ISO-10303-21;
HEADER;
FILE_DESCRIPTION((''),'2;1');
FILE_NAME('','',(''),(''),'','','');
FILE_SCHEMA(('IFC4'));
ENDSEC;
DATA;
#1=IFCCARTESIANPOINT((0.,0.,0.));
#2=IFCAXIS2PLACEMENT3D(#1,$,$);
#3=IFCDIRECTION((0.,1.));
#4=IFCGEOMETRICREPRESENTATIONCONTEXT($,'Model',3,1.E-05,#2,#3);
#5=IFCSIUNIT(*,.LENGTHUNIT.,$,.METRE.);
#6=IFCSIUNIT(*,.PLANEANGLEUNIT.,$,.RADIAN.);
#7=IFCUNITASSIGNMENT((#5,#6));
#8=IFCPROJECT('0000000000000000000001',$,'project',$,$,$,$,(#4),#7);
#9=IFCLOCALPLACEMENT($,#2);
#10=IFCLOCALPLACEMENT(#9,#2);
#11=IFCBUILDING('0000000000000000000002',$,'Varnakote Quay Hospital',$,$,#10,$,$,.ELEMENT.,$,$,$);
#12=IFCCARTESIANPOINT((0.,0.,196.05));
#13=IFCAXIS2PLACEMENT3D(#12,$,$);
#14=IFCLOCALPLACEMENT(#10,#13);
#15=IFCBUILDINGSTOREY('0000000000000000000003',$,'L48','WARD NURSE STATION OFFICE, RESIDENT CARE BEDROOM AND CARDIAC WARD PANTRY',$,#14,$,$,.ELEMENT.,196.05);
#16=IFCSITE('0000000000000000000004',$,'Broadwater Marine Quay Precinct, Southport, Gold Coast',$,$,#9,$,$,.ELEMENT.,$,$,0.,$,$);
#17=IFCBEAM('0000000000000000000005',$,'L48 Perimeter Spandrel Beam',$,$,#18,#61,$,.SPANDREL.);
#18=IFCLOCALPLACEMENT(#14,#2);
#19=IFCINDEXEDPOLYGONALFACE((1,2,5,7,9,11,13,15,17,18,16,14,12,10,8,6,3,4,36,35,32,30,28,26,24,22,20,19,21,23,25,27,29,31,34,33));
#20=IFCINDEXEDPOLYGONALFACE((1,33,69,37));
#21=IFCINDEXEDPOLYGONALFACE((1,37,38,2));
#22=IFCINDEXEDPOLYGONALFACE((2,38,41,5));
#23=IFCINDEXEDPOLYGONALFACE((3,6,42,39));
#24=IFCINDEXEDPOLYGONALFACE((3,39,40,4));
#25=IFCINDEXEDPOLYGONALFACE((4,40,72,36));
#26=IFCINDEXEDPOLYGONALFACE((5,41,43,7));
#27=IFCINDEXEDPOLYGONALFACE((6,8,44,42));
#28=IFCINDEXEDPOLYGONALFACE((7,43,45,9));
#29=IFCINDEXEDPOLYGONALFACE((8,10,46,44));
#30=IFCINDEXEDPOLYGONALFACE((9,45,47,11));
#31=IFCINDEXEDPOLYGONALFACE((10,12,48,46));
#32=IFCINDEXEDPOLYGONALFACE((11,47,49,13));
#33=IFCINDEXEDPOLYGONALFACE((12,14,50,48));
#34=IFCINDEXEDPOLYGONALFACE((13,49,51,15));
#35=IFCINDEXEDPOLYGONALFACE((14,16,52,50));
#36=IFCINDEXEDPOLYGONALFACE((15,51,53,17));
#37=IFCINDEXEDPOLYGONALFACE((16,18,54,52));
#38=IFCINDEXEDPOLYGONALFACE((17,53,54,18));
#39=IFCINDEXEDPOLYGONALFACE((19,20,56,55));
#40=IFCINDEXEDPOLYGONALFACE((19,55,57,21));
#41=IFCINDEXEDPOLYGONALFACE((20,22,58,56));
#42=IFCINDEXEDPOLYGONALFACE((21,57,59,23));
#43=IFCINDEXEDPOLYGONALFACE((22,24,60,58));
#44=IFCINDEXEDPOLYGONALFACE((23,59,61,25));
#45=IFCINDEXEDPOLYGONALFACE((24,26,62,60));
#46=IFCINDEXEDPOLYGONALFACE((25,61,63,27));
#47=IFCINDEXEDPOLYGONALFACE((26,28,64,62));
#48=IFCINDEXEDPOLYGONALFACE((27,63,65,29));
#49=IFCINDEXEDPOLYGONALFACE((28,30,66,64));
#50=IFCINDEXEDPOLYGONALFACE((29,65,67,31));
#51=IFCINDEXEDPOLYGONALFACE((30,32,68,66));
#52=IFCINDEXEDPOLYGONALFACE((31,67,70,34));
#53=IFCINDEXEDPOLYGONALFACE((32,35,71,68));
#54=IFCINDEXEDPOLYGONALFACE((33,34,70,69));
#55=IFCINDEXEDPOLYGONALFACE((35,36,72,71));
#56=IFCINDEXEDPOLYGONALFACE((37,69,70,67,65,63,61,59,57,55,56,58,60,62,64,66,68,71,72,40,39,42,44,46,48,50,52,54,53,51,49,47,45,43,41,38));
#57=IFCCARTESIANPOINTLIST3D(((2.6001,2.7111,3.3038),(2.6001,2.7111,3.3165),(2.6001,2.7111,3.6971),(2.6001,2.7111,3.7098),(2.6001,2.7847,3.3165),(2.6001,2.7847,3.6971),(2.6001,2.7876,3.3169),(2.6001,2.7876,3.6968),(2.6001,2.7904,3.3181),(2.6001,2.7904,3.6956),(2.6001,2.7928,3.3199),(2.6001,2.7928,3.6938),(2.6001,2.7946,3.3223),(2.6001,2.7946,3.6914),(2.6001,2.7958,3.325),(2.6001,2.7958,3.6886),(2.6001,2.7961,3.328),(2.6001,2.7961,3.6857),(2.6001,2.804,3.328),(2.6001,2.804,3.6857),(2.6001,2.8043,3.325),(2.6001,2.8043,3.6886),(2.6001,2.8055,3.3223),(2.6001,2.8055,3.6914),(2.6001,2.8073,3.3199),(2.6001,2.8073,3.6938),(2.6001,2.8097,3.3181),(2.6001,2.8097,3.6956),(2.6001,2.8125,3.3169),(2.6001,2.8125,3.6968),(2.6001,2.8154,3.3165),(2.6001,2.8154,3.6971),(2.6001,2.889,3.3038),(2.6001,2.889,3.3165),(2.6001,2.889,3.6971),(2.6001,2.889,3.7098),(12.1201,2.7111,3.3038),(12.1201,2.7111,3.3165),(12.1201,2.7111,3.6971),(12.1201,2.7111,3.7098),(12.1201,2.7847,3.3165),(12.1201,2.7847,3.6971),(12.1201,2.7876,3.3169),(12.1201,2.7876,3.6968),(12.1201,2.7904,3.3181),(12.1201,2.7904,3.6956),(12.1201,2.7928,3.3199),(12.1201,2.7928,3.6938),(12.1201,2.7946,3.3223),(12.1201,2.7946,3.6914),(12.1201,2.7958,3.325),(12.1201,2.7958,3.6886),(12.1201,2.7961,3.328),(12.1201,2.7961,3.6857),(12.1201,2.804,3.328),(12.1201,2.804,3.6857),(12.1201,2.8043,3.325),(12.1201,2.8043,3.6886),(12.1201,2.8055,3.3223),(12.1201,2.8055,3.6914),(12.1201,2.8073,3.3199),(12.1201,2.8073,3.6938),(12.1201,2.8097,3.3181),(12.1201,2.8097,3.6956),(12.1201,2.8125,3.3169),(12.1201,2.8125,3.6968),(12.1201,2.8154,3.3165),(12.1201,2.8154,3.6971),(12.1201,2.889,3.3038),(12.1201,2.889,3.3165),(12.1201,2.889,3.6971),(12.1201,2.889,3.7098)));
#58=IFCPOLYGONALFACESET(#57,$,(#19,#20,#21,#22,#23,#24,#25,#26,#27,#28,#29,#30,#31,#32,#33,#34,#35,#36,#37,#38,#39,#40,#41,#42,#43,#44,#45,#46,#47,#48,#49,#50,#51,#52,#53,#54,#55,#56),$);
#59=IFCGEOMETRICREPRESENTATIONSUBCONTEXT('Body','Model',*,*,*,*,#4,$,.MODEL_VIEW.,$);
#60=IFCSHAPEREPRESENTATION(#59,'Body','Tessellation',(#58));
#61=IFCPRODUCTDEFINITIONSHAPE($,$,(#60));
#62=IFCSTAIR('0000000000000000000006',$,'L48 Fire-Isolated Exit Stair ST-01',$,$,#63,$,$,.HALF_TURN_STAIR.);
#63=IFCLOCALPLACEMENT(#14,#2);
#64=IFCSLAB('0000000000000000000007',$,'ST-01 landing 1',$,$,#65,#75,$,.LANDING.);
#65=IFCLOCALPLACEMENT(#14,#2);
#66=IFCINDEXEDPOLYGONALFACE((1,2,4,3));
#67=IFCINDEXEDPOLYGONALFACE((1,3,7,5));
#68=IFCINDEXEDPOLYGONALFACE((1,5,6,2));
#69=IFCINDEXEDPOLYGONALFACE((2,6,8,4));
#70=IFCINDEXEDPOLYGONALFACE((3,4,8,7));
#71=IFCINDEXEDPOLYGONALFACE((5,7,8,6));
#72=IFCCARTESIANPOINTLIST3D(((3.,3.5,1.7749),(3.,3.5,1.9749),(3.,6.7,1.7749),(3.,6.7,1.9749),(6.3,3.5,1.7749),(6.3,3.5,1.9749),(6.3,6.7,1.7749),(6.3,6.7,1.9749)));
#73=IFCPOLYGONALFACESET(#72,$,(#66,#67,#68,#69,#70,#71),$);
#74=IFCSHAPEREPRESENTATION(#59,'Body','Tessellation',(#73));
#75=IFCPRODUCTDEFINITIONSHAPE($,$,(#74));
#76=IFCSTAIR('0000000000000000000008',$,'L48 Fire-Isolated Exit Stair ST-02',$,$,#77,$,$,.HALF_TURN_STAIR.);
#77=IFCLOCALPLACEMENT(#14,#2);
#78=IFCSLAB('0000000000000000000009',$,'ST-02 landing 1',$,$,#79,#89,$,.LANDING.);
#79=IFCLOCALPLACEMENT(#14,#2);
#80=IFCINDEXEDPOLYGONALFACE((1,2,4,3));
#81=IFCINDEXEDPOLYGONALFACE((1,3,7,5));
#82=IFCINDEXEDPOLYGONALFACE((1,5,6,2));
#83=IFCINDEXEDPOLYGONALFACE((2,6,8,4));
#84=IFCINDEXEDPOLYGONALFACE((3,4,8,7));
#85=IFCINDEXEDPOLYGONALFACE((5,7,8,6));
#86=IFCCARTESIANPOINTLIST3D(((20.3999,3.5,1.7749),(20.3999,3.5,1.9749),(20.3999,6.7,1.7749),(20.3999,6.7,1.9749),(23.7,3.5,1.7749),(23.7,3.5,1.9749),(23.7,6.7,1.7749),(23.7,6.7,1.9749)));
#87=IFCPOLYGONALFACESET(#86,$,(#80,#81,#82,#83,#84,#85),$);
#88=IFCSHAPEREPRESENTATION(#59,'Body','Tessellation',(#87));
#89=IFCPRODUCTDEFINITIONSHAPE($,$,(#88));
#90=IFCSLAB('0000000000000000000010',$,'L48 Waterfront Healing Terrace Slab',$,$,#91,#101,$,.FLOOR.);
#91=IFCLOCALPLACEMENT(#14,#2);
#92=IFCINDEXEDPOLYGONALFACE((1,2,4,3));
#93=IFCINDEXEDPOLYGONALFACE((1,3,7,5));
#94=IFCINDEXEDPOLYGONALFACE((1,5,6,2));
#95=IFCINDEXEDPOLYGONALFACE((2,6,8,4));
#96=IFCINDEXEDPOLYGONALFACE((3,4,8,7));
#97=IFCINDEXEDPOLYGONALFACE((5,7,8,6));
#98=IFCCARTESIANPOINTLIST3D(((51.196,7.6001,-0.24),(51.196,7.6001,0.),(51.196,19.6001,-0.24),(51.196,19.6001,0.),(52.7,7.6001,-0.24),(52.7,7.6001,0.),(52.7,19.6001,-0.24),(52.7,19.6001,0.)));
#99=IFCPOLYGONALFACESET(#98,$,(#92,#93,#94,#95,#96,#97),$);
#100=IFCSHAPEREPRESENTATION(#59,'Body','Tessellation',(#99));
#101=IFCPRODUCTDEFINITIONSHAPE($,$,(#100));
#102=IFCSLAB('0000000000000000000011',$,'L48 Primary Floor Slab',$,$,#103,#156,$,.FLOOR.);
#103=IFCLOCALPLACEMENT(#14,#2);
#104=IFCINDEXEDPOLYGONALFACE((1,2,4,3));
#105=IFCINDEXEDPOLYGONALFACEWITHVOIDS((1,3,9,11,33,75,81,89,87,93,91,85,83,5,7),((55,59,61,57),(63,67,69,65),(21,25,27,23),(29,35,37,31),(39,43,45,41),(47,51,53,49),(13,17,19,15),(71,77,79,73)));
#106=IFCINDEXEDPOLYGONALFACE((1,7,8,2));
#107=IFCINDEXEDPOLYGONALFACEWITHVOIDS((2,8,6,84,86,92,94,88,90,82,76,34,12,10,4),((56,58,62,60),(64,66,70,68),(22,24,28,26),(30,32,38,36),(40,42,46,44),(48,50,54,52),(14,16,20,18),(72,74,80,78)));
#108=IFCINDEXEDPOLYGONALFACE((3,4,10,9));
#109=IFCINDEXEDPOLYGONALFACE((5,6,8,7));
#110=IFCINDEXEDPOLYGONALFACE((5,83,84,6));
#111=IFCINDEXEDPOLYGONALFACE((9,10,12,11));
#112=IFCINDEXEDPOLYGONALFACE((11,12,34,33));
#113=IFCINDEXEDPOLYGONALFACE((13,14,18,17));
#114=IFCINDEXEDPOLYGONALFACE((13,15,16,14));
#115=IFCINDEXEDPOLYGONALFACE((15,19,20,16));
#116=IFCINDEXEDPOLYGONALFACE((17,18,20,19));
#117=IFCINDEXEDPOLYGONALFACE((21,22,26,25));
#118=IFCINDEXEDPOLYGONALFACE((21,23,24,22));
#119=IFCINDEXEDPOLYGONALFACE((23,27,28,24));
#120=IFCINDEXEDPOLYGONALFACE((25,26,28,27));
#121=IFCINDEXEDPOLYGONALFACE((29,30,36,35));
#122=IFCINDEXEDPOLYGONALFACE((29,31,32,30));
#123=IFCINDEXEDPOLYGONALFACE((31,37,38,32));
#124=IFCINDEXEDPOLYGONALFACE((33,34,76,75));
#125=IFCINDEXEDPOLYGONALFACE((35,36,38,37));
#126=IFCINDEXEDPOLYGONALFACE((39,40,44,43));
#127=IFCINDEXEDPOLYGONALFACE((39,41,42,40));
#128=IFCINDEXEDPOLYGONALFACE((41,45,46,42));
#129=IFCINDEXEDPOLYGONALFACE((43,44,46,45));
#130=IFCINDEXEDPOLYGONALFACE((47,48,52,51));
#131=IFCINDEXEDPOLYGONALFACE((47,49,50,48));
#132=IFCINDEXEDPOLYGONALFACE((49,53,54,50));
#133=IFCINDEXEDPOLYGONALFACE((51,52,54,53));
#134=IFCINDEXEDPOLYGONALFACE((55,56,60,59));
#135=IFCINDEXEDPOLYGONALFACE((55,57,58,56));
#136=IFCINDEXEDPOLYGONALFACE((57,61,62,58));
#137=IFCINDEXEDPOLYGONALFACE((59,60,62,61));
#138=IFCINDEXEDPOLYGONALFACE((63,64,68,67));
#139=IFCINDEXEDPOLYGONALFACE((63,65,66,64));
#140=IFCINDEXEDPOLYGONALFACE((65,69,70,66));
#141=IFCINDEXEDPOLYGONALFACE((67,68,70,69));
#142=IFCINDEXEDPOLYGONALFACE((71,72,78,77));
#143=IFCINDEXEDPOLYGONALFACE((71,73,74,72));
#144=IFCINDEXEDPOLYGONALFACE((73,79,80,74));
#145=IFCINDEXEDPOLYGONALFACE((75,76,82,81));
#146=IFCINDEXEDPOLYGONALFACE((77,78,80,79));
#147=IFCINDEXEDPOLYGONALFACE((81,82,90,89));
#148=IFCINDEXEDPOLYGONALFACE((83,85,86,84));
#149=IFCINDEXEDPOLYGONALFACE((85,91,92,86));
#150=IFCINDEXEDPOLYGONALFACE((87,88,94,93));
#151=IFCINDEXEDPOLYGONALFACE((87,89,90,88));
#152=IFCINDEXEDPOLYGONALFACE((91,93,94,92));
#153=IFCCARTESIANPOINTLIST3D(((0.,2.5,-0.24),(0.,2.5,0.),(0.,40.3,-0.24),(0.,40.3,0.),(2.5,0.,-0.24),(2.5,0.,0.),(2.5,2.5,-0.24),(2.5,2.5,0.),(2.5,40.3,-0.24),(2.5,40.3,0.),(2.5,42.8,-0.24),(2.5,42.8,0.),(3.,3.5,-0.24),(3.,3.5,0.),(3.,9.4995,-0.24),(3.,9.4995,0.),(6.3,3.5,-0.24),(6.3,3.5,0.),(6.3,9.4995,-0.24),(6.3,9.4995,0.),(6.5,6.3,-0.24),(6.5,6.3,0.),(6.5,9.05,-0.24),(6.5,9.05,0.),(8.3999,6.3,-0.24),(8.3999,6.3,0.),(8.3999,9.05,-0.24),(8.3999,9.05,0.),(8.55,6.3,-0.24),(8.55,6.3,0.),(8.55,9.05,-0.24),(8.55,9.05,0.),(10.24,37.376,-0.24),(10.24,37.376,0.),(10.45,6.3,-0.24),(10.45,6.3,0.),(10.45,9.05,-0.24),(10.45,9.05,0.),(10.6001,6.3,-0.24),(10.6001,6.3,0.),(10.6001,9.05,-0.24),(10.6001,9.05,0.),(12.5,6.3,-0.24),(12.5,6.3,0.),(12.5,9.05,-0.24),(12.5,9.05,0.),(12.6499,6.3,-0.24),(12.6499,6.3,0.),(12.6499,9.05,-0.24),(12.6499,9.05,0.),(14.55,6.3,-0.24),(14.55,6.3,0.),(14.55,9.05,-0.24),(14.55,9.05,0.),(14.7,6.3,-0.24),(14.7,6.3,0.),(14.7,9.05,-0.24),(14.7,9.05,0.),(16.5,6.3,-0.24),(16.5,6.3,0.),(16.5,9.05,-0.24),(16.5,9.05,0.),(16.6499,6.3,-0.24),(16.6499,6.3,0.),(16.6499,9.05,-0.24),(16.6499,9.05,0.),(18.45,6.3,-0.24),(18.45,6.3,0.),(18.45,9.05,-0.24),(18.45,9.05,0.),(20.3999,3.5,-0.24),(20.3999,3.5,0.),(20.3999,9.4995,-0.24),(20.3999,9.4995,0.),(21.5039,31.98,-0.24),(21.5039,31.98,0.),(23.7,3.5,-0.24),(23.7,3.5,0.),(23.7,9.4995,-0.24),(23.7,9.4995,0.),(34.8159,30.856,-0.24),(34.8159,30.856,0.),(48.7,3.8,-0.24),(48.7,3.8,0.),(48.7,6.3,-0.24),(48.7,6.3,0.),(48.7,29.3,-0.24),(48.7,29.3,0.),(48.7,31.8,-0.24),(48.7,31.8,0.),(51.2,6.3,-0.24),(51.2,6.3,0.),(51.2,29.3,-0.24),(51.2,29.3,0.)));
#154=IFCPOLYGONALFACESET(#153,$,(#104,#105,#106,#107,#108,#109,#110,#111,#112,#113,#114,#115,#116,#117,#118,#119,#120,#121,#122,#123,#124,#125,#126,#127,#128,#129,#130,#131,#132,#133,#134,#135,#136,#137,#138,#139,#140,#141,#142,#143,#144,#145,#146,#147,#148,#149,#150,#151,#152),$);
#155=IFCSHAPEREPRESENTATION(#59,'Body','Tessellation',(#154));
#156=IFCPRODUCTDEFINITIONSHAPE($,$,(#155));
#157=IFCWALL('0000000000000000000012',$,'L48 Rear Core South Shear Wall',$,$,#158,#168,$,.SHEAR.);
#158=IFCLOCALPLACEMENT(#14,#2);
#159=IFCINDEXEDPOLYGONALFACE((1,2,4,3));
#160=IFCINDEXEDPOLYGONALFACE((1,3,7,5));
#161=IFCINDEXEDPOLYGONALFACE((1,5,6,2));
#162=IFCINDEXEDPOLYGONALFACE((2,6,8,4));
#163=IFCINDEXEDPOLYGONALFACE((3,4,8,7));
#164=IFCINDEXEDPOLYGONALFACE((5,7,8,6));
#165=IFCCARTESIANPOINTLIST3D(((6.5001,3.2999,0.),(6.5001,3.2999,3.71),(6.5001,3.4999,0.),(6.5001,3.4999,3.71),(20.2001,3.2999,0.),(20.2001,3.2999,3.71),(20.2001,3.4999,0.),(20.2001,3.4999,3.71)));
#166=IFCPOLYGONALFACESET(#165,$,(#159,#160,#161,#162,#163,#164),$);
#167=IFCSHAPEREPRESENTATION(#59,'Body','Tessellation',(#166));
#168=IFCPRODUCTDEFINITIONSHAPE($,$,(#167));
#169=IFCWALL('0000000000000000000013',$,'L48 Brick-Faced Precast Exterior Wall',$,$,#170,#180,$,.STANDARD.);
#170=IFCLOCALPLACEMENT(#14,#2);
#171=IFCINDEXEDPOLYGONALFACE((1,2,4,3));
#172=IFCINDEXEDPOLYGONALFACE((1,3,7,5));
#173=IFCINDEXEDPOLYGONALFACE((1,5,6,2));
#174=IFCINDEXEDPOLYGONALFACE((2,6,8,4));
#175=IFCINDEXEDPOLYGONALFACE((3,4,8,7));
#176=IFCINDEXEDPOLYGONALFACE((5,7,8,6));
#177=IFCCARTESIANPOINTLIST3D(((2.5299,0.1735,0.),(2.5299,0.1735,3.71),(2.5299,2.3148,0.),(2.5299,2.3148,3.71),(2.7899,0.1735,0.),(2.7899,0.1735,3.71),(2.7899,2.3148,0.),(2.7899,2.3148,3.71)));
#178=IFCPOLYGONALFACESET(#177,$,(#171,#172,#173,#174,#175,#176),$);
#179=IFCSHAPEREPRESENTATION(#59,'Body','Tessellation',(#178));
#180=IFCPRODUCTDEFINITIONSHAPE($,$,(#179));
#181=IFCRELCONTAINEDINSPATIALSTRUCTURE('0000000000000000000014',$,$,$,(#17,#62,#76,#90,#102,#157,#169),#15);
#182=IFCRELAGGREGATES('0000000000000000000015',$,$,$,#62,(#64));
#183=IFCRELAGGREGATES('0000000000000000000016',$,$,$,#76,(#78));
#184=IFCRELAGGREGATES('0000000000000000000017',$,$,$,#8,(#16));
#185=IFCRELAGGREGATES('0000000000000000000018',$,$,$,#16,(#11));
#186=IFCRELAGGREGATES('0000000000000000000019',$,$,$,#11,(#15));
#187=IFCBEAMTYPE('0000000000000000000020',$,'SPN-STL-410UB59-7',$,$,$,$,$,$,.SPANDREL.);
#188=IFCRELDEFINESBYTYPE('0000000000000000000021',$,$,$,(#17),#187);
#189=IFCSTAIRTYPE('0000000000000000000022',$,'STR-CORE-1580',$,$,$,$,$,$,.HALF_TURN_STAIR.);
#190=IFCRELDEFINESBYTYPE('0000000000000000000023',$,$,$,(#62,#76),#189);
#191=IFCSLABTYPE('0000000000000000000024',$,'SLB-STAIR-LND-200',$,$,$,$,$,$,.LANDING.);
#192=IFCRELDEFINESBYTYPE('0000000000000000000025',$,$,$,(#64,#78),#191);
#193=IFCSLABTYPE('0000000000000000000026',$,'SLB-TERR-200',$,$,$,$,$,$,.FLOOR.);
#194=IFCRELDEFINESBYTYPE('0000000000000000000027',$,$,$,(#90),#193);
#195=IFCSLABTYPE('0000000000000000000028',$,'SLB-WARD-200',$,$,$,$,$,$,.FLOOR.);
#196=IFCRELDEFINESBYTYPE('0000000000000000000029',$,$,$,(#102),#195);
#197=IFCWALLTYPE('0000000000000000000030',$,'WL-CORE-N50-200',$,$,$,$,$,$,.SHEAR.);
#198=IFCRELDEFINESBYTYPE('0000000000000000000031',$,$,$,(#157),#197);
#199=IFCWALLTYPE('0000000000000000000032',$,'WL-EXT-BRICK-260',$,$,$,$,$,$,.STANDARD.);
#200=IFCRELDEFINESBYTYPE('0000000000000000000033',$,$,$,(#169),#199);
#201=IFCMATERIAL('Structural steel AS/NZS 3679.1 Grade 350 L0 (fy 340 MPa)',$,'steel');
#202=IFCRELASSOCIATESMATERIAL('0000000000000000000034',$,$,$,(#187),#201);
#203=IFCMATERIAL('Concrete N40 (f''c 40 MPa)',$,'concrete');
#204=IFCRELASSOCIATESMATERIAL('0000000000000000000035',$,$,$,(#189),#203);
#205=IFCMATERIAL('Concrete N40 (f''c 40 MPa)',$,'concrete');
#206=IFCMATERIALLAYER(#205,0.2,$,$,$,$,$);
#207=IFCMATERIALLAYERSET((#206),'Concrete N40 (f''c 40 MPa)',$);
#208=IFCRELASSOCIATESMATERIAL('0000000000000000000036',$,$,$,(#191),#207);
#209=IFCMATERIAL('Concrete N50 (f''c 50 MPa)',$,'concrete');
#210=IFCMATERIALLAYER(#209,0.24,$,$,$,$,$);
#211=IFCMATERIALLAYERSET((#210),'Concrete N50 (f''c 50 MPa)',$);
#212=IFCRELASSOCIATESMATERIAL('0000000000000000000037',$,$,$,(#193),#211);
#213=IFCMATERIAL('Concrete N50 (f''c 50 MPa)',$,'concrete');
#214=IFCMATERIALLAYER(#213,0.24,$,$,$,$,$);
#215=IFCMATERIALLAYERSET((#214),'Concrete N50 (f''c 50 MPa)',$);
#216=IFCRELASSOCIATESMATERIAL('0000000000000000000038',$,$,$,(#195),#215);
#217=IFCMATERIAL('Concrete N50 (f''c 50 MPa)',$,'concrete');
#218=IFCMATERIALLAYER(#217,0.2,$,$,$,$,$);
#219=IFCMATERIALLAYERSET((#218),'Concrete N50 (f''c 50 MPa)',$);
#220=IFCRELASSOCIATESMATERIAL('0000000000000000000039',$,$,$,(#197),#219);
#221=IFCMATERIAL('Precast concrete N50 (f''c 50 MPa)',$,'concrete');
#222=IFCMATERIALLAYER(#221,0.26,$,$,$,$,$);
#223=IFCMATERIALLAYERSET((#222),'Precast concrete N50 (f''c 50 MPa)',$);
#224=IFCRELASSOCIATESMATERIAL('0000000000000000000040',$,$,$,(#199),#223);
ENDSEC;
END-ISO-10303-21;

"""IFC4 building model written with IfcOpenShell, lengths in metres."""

from ifc_helpers import new_model, si_unit, direction, frame, frame_2d, origin, origin_2d, place, context, subcontext, project, spatial, polyline, rectangle, i_section, outline, extrude, material, layer, layer_set, material_profile, profile_set, type_object, element, aggregate, save


model = new_model("IFC4")

# Units and contexts
model_context = context("Model", 3, precision=1e-05, world=origin(), true_north=direction((0.0, 1.0)))
body_context = subcontext(model_context, "Body", "Model", "MODEL_VIEW")
ifc_project = project(units=[si_unit("LENGTHUNIT", "METRE"), si_unit("PLANEANGLEUNIT", "RADIAN")], contexts=[model_context])

# Site, building, storey
site_placement = place(None, origin())
site = spatial("IfcSite", under=ifc_project, at=site_placement, Name="Broadwater Marine Quay Precinct, Southport, Gold Coast", CompositionType="ELEMENT", RefElevation=0.0)
building_placement = place(site_placement, origin())
building = spatial("IfcBuilding", under=site, at=building_placement, Name="Varnakote Quay Hospital", CompositionType="ELEMENT")
storey_placement = place(building_placement, frame((0.0, 0.0, 196.05)))
storey = spatial("IfcBuildingStorey", under=building, at=storey_placement, Name="L48", Description="WARD NURSE STATION OFFICE, RESIDENT CARE BEDROOM AND CARDIAC WARD PANTRY", CompositionType="ELEMENT", Elevation=196.05)

# Beam
ifc_material_1 = material(Name="Structural steel AS/NZS 3679.1 Grade 350 L0 (fy 340 MPa)", Category="steel")
ifc_material_profile_1 = material_profile(ifc_material_1, i_section(OverallWidth=0.178, OverallDepth=0.406, WebThickness=0.0078, FlangeThickness=0.0127, FilletRadius=0.0115, at=origin_2d()), Name="410UB59.7")
ifc_profile_set_1 = profile_set([ifc_material_profile_1], Name="Structural steel AS/NZS 3679.1 Grade 350 L0 (fy 340 MPa)")
beam_type_1 = type_object("IfcBeamType", Name="SPN-STL-410UB59-7", PredefinedType="SPANDREL", material=ifc_profile_set_1)
beam_1_placement = place(storey_placement, frame((2.6001, 2.8, 3.5068), z_axis=(1.0, 0.0, 0.0), x_axis=(0.0, 1.0, 0.0)))
element("IfcBeam", 1, at=beam_1_placement, inside=storey, type_object=beam_type_1, Name="L48 Perimeter Spandrel Beam", PredefinedType="SPANDREL", context=body_context, shape_type="SweptSolid", body=[
    extrude(i_section(OverallWidth=0.178, OverallDepth=0.406, WebThickness=0.0078, FlangeThickness=0.0127, FilletRadius=0.0115, at=origin_2d()), origin(), (0.0, 0.0, 1.0), 9.52),
])

# Stairs, slabs
ifc_material_2 = material(Name="Concrete N40 (f'c 40 MPa)", Category="concrete")
stair_type = type_object("IfcStairType", Name="STR-CORE-1580", PredefinedType="HALF_TURN_STAIR", material=ifc_material_2)
stair_1_placement = place(storey_placement, origin())
stair_1 = element("IfcStair", 2, at=stair_1_placement, inside=storey, type_object=stair_type, Name="L48 Fire-Isolated Exit Stair ST-01", PredefinedType="HALF_TURN_STAIR")
ifc_material_3 = material(Name="Concrete N40 (f'c 40 MPa)", Category="concrete")
ifc_layer_1 = layer(ifc_material_3, 0.2)
ifc_layer_set_1 = layer_set([ifc_layer_1], Name="Concrete N40 (f'c 40 MPa)")
slab_type_1 = type_object("IfcSlabType", Name="SLB-STAIR-LND-200", PredefinedType="LANDING", material=ifc_layer_set_1)
slab_1_placement = place(storey_placement, frame((0.0, 0.0, 1.7749)))
slab_1 = element("IfcSlab", 3, at=slab_1_placement, type_object=slab_type_1, Name="ST-01 landing 1", PredefinedType="LANDING", context=body_context, shape_type="SweptSolid", body=[
    extrude(outline(polyline([(3.0, 6.7), (3.0, 3.5), (6.3, 3.5), (6.3, 6.7), (3.0, 6.7)])), origin(), (0.0, 0.0, 1.0), 0.2),
])
aggregate(stair_1, [slab_1])
stair_2_placement = place(storey_placement, origin())
stair_2 = element("IfcStair", 4, at=stair_2_placement, inside=storey, type_object=stair_type, Name="L48 Fire-Isolated Exit Stair ST-02", PredefinedType="HALF_TURN_STAIR")
slab_2_placement = place(storey_placement, frame((0.0, 0.0, 1.7749)))
slab_2 = element("IfcSlab", 5, at=slab_2_placement, type_object=slab_type_1, Name="ST-02 landing 1", PredefinedType="LANDING", context=body_context, shape_type="SweptSolid", body=[
    extrude(outline(polyline([(20.3999, 6.7), (20.3999, 3.5), (23.7, 3.5), (23.7, 6.7), (20.3999, 6.7)])), origin(), (0.0, 0.0, 1.0), 0.2),
])
aggregate(stair_2, [slab_2])

# Slabs
ifc_material_4 = material(Name="Concrete N50 (f'c 50 MPa)", Category="concrete")
ifc_layer_2 = layer(ifc_material_4, 0.24)
ifc_layer_set_2 = layer_set([ifc_layer_2], Name="Concrete N50 (f'c 50 MPa)")
slab_type_2 = type_object("IfcSlabType", Name="SLB-TERR-200", PredefinedType="FLOOR", material=ifc_layer_set_2)
slab_3_placement = place(storey_placement, frame((0.0, 0.0, -0.24)))
element("IfcSlab", 6, at=slab_3_placement, inside=storey, type_object=slab_type_2, Name="L48 Waterfront Healing Terrace Slab", PredefinedType="FLOOR", context=body_context, shape_type="SweptSolid", body=[
    extrude(outline(polyline([(51.196, 19.6001), (51.196, 7.6001), (52.7, 7.6001), (52.7, 19.6001), (51.196, 19.6001)])), origin(), (0.0, 0.0, 1.0), 0.24),
])
ifc_material_5 = material(Name="Concrete N50 (f'c 50 MPa)", Category="concrete")
ifc_layer_3 = layer(ifc_material_5, 0.24)
ifc_layer_set_3 = layer_set([ifc_layer_3], Name="Concrete N50 (f'c 50 MPa)")
slab_type_3 = type_object("IfcSlabType", Name="SLB-WARD-200", PredefinedType="FLOOR", material=ifc_layer_set_3)
slab_4_placement = place(storey_placement, frame((0.0, 0.0, -0.24)))
element("IfcSlab", 7, at=slab_4_placement, inside=storey, type_object=slab_type_3, Name="L48 Primary Floor Slab", PredefinedType="FLOOR", context=body_context, shape_type="SweptSolid", body=[
    extrude(outline(polyline([(0.0, 2.5), (2.5, 2.5), (2.5, 0.0), (48.7, 3.8), (48.7, 6.3), (51.2, 6.3), (51.2, 29.3), (48.7, 29.3), (48.7, 31.8), (34.8159, 30.856), (21.5039, 31.98), (10.24, 37.376), (2.5, 42.8), (2.5, 40.3), (0.0, 40.3), (0.0, 2.5)]), holes=[polyline([(3.0, 3.5), (6.3, 3.5), (6.3, 9.4995), (3.0, 9.4995), (3.0, 3.5)]), polyline([(20.3999, 3.5), (23.7, 3.5), (23.7, 9.4995), (20.3999, 9.4995), (20.3999, 3.5)]), polyline([(6.5, 6.3), (8.3999, 6.3), (8.3999, 9.05), (6.5, 9.05), (6.5, 6.3)]), polyline([(8.55, 6.3), (10.45, 6.3), (10.45, 9.05), (8.55, 9.05), (8.55, 6.3)]), polyline([(10.6001, 6.3), (12.5, 6.3), (12.5, 9.05), (10.6001, 9.05), (10.6001, 6.3)]), polyline([(12.6499, 6.3), (14.55, 6.3), (14.55, 9.05), (12.6499, 9.05), (12.6499, 6.3)]), polyline([(14.7, 6.3), (16.5, 6.3), (16.5, 9.05), (14.7, 9.05), (14.7, 6.3)]), polyline([(16.6499, 6.3), (18.45, 6.3), (18.45, 9.05), (16.6499, 9.05), (16.6499, 6.3)])]), origin(), (0.0, 0.0, 1.0), 0.24),
])

# Walls
ifc_material_6 = material(Name="Concrete N50 (f'c 50 MPa)", Category="concrete")
ifc_layer_4 = layer(ifc_material_6, 0.2)
ifc_layer_set_4 = layer_set([ifc_layer_4], Name="Concrete N50 (f'c 50 MPa)")
wall_type_1 = type_object("IfcWallType", Name="WL-CORE-N50-200", PredefinedType="SHEAR", material=ifc_layer_set_4)
wall_1_placement = place(storey_placement, frame((6.5, 3.3999, 0.0), z_axis=(0.0, 0.0, 1.0), x_axis=(1.0, 0.0, 0.0)))
element("IfcWall", 8, at=wall_1_placement, inside=storey, type_object=wall_type_1, Name="L48 Rear Core South Shear Wall", PredefinedType="SHEAR", context=body_context, shape_type="SweptSolid", body=[
    extrude(rectangle(XDim=13.7, YDim=0.2, at=frame_2d((6.8501, 0.0))), origin(), (0.0, 0.0, 1.0), 3.71),
])
ifc_material_7 = material(Name="Precast concrete N50 (f'c 50 MPa)", Category="concrete")
ifc_layer_5 = layer(ifc_material_7, 0.26)
ifc_layer_set_5 = layer_set([ifc_layer_5], Name="Precast concrete N50 (f'c 50 MPa)")
wall_type_2 = type_object("IfcWallType", Name="WL-EXT-BRICK-260", PredefinedType="STANDARD", material=ifc_layer_set_5)
wall_2_placement = place(storey_placement, frame((2.6599, 2.3149, 0.0), z_axis=(0.0, 0.0, 1.0), x_axis=(0.0, -1.0, 0.0)))
element("IfcWall", 9, at=wall_2_placement, inside=storey, type_object=wall_type_2, Name="L48 Brick-Faced Precast Exterior Wall", PredefinedType="STANDARD", context=body_context, shape_type="SweptSolid", body=[
    extrude(rectangle(XDim=2.1414, YDim=0.26, at=frame_2d((1.0708, 0.0))), origin(), (0.0, 0.0, 1.0), 3.71),
])

save(model, "model.ifc")
